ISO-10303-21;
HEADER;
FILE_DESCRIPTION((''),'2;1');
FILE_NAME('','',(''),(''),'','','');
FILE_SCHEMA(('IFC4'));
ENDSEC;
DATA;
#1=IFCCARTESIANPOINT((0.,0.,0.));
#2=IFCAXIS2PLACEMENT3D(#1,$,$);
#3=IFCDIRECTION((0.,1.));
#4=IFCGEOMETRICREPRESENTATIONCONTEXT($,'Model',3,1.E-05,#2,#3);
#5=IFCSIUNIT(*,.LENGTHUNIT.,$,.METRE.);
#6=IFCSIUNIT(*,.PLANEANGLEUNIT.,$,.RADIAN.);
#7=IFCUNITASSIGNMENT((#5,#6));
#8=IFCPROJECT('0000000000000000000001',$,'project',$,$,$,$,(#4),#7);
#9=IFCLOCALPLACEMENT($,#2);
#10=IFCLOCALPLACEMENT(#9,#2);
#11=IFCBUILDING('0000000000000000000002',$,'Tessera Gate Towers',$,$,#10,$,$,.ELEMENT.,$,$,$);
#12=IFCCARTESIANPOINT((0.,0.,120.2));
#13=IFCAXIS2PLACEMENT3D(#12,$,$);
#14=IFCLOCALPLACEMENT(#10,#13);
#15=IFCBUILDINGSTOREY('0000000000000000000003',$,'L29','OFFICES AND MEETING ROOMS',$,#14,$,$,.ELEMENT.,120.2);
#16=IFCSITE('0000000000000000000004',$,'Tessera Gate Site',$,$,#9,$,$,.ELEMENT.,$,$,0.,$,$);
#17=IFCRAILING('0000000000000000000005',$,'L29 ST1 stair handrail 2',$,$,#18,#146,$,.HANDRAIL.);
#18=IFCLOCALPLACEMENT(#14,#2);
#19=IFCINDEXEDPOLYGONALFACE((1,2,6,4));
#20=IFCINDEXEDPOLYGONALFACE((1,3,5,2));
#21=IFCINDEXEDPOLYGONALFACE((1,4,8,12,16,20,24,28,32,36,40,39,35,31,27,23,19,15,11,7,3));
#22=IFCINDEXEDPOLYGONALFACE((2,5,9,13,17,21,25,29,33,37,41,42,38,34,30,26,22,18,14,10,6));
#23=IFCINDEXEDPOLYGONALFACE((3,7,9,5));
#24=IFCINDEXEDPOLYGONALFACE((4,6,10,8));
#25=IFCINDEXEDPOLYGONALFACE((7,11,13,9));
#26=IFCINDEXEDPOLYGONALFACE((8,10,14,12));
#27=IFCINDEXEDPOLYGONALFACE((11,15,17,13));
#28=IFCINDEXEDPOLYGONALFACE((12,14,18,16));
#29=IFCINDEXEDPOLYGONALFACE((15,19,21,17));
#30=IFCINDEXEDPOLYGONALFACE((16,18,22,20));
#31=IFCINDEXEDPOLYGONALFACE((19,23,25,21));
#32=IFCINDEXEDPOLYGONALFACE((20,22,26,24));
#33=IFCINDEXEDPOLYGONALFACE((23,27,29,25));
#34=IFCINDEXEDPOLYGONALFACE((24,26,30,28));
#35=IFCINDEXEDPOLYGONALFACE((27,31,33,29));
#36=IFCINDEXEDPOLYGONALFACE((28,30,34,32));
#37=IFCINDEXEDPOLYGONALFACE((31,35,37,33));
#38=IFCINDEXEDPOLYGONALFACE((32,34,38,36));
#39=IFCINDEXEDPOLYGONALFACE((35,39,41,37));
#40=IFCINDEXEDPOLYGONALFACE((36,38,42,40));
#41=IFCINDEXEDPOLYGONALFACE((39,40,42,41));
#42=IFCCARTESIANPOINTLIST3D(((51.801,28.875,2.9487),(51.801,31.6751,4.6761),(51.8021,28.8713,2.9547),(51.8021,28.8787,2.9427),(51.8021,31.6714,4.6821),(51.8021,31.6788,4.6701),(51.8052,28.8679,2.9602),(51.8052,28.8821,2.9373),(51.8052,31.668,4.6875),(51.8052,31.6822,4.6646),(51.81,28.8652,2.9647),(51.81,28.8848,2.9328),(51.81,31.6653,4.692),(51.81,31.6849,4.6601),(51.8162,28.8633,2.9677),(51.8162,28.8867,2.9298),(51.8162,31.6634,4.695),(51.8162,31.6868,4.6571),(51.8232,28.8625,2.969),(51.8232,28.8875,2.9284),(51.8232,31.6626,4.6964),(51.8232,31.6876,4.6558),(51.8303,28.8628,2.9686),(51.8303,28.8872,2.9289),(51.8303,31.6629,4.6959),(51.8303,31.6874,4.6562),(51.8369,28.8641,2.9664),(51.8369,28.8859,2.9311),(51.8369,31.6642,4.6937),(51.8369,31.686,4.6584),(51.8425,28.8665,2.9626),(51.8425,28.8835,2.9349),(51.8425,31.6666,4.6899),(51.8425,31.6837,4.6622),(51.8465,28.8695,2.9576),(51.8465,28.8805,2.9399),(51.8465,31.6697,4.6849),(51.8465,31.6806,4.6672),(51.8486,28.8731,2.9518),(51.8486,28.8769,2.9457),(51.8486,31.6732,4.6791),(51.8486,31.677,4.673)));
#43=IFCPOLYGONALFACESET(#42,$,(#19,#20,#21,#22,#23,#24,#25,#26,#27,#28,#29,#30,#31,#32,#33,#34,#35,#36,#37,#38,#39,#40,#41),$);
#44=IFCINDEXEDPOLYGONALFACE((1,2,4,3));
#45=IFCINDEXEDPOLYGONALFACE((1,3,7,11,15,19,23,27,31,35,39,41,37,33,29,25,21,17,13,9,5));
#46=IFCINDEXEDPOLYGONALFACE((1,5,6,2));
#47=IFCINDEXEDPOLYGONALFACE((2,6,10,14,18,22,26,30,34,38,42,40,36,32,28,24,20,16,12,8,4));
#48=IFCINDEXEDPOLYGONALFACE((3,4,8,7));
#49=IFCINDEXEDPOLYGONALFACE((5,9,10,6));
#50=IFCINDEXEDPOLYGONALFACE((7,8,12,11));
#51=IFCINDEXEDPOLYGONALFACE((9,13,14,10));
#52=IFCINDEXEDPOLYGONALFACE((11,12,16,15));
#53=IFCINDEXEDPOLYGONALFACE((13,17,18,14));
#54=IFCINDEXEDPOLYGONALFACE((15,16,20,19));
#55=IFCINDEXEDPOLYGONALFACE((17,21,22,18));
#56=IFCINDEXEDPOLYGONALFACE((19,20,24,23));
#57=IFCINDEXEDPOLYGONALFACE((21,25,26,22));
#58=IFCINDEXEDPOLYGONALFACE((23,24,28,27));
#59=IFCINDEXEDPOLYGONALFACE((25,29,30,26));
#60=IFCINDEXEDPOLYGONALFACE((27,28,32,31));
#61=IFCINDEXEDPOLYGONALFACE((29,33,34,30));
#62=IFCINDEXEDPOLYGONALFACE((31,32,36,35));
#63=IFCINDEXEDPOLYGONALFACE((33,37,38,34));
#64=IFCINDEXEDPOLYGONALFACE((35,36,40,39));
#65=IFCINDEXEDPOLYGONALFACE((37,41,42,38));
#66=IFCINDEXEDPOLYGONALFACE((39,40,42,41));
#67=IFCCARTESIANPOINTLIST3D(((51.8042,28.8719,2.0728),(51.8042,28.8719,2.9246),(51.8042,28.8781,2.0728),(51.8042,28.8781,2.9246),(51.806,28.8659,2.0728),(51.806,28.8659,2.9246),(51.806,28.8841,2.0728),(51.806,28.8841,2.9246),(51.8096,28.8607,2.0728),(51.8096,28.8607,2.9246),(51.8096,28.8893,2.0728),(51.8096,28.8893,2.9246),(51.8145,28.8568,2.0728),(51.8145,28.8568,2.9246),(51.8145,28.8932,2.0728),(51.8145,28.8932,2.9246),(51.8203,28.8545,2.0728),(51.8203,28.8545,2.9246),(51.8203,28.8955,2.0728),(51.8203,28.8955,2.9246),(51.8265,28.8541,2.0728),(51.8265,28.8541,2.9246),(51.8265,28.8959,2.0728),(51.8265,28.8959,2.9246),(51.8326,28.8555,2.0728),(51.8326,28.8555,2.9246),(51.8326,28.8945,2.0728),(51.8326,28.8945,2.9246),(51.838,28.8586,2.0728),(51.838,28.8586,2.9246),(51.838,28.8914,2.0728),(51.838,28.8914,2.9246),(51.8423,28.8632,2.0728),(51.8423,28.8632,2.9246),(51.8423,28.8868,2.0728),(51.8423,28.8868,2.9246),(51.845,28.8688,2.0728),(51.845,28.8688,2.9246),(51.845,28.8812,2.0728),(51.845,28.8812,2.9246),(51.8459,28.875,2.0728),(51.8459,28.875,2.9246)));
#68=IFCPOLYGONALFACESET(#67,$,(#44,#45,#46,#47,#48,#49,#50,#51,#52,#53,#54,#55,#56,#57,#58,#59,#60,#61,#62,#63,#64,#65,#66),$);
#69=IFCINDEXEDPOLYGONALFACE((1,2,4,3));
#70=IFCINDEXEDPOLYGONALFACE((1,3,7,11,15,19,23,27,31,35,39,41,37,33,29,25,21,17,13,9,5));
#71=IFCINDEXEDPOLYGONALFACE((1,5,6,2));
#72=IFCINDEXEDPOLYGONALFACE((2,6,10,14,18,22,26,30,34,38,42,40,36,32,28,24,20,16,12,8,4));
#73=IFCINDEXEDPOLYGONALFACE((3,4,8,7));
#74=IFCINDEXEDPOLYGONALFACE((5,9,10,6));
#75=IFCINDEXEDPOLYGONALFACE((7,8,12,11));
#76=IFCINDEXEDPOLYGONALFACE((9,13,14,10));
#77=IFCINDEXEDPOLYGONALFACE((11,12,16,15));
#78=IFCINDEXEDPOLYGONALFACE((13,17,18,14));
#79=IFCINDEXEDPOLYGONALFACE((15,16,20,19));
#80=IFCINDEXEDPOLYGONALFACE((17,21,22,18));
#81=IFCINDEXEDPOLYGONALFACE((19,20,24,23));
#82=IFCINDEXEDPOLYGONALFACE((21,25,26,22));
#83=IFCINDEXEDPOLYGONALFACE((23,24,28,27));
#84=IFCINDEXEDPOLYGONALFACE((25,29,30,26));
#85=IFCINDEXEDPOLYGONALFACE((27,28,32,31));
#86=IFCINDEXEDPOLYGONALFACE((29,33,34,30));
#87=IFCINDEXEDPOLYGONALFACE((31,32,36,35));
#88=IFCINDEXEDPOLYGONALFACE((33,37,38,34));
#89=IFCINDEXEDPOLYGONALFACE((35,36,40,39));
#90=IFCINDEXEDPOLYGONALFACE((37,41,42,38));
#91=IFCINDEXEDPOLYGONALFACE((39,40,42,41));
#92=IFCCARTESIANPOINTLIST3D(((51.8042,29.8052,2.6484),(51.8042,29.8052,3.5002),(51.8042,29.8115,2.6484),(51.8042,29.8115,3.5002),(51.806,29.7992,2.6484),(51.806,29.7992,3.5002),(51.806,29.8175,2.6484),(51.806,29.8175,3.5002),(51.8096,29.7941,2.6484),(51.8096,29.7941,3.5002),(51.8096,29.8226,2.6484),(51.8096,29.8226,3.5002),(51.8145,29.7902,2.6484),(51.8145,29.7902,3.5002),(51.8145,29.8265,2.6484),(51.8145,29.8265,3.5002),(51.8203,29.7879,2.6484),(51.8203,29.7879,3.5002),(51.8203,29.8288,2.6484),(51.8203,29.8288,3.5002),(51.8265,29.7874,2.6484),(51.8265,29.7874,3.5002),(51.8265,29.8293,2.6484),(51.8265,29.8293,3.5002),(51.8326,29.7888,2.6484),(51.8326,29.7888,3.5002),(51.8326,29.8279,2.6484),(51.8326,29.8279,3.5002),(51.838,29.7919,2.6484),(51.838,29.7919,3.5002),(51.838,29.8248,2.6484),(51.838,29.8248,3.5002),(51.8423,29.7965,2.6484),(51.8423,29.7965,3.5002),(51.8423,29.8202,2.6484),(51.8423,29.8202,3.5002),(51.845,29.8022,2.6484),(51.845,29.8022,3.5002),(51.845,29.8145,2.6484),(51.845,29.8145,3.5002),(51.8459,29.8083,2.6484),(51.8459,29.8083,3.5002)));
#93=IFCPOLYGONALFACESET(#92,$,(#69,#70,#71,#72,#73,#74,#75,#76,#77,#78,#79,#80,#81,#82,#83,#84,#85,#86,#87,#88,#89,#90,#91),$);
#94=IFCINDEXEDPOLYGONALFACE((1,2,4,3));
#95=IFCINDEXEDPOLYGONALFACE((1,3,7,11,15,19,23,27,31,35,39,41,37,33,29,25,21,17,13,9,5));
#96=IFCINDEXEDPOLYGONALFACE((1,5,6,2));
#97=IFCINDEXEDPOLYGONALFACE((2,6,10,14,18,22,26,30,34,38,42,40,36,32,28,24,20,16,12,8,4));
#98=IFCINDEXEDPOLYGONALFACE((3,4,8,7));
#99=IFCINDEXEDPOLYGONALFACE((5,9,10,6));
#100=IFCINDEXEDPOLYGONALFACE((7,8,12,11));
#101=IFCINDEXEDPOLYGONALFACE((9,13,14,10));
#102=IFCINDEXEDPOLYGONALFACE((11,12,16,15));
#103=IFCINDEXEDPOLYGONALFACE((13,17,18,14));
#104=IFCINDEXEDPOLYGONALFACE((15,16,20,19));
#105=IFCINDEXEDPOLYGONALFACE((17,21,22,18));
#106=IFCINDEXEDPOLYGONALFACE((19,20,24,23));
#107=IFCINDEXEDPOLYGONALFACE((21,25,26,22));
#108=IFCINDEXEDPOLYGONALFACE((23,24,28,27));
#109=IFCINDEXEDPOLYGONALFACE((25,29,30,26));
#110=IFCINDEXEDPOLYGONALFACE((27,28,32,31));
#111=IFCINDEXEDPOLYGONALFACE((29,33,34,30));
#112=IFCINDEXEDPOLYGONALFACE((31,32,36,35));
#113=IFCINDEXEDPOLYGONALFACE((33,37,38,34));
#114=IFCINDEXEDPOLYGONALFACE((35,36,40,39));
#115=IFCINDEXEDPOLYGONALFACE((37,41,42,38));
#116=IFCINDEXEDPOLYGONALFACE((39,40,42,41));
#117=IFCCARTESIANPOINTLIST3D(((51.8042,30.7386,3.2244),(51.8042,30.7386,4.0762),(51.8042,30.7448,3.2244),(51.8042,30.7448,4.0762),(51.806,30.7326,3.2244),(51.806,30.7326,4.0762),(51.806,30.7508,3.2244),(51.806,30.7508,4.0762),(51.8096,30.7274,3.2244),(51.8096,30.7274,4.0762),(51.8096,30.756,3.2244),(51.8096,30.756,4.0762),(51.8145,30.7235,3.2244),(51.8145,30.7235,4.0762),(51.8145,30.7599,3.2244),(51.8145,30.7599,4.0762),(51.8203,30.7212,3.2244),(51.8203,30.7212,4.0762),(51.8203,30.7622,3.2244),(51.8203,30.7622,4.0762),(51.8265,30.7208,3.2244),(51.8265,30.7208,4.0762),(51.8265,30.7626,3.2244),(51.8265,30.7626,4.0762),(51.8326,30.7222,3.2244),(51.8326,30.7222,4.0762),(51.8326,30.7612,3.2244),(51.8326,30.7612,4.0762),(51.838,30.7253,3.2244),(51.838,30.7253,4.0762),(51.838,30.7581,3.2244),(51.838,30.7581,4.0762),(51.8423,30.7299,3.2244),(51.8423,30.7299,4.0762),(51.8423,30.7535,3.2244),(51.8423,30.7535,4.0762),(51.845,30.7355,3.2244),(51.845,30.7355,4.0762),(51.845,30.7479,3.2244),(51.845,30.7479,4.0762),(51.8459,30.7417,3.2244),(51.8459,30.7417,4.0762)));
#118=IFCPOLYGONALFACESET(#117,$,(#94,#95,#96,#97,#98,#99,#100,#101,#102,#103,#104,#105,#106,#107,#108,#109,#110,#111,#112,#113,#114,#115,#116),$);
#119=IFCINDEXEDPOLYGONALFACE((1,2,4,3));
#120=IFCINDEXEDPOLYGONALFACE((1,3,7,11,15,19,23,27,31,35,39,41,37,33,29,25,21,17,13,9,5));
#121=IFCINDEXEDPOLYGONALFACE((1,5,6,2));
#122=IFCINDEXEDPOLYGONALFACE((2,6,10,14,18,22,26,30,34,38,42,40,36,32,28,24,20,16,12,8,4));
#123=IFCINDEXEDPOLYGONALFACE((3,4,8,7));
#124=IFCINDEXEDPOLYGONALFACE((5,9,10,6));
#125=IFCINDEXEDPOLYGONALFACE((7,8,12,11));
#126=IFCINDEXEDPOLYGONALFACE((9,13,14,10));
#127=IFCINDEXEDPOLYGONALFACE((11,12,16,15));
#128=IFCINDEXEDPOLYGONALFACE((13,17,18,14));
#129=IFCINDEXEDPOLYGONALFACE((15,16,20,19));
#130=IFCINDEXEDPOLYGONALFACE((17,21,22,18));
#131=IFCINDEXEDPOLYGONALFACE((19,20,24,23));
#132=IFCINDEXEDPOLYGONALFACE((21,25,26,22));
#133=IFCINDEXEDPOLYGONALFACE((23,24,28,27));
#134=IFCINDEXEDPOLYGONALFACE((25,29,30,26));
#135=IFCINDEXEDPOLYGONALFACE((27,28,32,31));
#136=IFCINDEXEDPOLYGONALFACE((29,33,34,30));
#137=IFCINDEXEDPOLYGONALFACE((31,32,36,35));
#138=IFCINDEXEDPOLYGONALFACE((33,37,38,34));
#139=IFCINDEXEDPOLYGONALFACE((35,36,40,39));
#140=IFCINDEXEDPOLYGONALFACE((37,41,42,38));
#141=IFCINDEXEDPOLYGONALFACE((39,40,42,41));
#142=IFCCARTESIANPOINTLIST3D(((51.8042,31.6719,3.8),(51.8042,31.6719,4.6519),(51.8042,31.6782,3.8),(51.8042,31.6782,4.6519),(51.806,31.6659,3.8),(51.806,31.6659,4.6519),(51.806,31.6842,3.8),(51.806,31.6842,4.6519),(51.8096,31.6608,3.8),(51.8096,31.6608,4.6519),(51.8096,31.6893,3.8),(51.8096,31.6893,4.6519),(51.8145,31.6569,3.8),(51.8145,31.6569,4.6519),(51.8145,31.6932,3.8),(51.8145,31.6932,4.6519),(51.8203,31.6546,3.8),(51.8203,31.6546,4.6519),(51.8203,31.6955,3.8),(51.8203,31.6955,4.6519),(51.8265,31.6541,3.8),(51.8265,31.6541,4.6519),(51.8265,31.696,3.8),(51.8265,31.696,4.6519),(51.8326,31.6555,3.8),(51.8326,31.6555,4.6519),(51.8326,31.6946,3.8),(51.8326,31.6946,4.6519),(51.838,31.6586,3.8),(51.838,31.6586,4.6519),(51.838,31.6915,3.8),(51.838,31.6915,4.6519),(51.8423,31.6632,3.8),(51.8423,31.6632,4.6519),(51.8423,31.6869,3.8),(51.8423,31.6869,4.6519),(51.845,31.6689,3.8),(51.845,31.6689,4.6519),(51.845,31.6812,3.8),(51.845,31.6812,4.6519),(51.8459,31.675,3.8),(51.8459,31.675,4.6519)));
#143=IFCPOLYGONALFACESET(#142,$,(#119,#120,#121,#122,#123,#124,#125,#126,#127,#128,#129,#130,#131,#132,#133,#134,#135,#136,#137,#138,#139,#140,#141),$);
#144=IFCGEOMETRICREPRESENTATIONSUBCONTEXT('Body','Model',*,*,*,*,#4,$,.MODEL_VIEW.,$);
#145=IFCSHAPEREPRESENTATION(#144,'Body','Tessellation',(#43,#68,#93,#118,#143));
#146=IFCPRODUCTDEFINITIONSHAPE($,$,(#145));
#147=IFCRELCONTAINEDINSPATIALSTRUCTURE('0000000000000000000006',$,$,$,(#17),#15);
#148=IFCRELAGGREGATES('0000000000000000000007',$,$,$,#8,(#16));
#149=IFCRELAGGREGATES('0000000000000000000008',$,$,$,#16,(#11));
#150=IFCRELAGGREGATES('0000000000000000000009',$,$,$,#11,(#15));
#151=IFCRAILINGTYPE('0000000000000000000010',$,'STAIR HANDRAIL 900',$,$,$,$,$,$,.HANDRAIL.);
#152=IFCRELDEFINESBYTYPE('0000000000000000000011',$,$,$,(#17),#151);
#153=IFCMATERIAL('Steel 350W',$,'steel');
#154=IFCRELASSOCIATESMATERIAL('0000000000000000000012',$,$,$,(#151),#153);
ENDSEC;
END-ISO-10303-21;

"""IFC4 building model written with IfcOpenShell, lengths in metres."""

from ifc_helpers import new_model, si_unit, direction, frame, origin, origin_2d, place, context, subcontext, project, spatial, circle, extrude, material, type_object, element, save


model = new_model("IFC4")

# Units and contexts
model_context = context("Model", 3, precision=1e-05, world=origin(), true_north=direction((0.0, 1.0)))
body_context = subcontext(model_context, "Body", "Model", "MODEL_VIEW")
ifc_project = project(units=[si_unit("LENGTHUNIT", "METRE"), si_unit("PLANEANGLEUNIT", "RADIAN")], contexts=[model_context])

# Site, building, storey
site_placement = place(None, origin())
site = spatial("IfcSite", under=ifc_project, at=site_placement, Name="Tessera Gate Site", CompositionType="ELEMENT", RefElevation=0.0)
building_placement = place(site_placement, origin())
building = spatial("IfcBuilding", under=site, at=building_placement, Name="Tessera Gate Towers", CompositionType="ELEMENT")
storey_placement = place(building_placement, frame((0.0, 0.0, 120.2)))
storey = spatial("IfcBuildingStorey", under=building, at=storey_placement, Name="L29", Description="OFFICES AND MEETING ROOMS", CompositionType="ELEMENT", Elevation=120.2)

# Railing
ifc_material_1 = material(Name="Steel 350W", Category="steel")
railing_type = type_object("IfcRailingType", Name="STAIR HANDRAIL 900", PredefinedType="HANDRAIL", material=ifc_material_1)
railing_placement = place(storey_placement, frame((51.825, 28.875, 2.0728)))
element("IfcRailing", 1, at=railing_placement, inside=storey, type_object=railing_type, Name="L29 ST1 stair handrail 2", PredefinedType="HANDRAIL", context=body_context, shape_type="SweptSolid", body=[
    extrude(circle(Radius=0.0239, at=origin_2d()), frame((0.0, 0.0, 0.876), z_axis=(0.0, 0.85109, 0.52502), x_axis=(-1.0, 0.0, 0.0)), (0.0, 0.0, 1.0), 3.29),
    extrude(circle(Radius=0.021, at=origin_2d()), origin(), (0.0, 0.0, 1.0), 0.8518),
    extrude(circle(Radius=0.021, at=origin_2d()), frame((0.0, 0.9333, 0.5757)), (0.0, 0.0, 1.0), 0.8518),
    extrude(circle(Radius=0.021, at=origin_2d()), frame((0.0, 1.8667, 1.1516)), (0.0, 0.0, 1.0), 0.8518),
    extrude(circle(Radius=0.021, at=origin_2d()), frame((0.0, 2.8, 1.7273)), (0.0, 0.0, 1.0), 0.8518),
])

save(model, "model.ifc")
